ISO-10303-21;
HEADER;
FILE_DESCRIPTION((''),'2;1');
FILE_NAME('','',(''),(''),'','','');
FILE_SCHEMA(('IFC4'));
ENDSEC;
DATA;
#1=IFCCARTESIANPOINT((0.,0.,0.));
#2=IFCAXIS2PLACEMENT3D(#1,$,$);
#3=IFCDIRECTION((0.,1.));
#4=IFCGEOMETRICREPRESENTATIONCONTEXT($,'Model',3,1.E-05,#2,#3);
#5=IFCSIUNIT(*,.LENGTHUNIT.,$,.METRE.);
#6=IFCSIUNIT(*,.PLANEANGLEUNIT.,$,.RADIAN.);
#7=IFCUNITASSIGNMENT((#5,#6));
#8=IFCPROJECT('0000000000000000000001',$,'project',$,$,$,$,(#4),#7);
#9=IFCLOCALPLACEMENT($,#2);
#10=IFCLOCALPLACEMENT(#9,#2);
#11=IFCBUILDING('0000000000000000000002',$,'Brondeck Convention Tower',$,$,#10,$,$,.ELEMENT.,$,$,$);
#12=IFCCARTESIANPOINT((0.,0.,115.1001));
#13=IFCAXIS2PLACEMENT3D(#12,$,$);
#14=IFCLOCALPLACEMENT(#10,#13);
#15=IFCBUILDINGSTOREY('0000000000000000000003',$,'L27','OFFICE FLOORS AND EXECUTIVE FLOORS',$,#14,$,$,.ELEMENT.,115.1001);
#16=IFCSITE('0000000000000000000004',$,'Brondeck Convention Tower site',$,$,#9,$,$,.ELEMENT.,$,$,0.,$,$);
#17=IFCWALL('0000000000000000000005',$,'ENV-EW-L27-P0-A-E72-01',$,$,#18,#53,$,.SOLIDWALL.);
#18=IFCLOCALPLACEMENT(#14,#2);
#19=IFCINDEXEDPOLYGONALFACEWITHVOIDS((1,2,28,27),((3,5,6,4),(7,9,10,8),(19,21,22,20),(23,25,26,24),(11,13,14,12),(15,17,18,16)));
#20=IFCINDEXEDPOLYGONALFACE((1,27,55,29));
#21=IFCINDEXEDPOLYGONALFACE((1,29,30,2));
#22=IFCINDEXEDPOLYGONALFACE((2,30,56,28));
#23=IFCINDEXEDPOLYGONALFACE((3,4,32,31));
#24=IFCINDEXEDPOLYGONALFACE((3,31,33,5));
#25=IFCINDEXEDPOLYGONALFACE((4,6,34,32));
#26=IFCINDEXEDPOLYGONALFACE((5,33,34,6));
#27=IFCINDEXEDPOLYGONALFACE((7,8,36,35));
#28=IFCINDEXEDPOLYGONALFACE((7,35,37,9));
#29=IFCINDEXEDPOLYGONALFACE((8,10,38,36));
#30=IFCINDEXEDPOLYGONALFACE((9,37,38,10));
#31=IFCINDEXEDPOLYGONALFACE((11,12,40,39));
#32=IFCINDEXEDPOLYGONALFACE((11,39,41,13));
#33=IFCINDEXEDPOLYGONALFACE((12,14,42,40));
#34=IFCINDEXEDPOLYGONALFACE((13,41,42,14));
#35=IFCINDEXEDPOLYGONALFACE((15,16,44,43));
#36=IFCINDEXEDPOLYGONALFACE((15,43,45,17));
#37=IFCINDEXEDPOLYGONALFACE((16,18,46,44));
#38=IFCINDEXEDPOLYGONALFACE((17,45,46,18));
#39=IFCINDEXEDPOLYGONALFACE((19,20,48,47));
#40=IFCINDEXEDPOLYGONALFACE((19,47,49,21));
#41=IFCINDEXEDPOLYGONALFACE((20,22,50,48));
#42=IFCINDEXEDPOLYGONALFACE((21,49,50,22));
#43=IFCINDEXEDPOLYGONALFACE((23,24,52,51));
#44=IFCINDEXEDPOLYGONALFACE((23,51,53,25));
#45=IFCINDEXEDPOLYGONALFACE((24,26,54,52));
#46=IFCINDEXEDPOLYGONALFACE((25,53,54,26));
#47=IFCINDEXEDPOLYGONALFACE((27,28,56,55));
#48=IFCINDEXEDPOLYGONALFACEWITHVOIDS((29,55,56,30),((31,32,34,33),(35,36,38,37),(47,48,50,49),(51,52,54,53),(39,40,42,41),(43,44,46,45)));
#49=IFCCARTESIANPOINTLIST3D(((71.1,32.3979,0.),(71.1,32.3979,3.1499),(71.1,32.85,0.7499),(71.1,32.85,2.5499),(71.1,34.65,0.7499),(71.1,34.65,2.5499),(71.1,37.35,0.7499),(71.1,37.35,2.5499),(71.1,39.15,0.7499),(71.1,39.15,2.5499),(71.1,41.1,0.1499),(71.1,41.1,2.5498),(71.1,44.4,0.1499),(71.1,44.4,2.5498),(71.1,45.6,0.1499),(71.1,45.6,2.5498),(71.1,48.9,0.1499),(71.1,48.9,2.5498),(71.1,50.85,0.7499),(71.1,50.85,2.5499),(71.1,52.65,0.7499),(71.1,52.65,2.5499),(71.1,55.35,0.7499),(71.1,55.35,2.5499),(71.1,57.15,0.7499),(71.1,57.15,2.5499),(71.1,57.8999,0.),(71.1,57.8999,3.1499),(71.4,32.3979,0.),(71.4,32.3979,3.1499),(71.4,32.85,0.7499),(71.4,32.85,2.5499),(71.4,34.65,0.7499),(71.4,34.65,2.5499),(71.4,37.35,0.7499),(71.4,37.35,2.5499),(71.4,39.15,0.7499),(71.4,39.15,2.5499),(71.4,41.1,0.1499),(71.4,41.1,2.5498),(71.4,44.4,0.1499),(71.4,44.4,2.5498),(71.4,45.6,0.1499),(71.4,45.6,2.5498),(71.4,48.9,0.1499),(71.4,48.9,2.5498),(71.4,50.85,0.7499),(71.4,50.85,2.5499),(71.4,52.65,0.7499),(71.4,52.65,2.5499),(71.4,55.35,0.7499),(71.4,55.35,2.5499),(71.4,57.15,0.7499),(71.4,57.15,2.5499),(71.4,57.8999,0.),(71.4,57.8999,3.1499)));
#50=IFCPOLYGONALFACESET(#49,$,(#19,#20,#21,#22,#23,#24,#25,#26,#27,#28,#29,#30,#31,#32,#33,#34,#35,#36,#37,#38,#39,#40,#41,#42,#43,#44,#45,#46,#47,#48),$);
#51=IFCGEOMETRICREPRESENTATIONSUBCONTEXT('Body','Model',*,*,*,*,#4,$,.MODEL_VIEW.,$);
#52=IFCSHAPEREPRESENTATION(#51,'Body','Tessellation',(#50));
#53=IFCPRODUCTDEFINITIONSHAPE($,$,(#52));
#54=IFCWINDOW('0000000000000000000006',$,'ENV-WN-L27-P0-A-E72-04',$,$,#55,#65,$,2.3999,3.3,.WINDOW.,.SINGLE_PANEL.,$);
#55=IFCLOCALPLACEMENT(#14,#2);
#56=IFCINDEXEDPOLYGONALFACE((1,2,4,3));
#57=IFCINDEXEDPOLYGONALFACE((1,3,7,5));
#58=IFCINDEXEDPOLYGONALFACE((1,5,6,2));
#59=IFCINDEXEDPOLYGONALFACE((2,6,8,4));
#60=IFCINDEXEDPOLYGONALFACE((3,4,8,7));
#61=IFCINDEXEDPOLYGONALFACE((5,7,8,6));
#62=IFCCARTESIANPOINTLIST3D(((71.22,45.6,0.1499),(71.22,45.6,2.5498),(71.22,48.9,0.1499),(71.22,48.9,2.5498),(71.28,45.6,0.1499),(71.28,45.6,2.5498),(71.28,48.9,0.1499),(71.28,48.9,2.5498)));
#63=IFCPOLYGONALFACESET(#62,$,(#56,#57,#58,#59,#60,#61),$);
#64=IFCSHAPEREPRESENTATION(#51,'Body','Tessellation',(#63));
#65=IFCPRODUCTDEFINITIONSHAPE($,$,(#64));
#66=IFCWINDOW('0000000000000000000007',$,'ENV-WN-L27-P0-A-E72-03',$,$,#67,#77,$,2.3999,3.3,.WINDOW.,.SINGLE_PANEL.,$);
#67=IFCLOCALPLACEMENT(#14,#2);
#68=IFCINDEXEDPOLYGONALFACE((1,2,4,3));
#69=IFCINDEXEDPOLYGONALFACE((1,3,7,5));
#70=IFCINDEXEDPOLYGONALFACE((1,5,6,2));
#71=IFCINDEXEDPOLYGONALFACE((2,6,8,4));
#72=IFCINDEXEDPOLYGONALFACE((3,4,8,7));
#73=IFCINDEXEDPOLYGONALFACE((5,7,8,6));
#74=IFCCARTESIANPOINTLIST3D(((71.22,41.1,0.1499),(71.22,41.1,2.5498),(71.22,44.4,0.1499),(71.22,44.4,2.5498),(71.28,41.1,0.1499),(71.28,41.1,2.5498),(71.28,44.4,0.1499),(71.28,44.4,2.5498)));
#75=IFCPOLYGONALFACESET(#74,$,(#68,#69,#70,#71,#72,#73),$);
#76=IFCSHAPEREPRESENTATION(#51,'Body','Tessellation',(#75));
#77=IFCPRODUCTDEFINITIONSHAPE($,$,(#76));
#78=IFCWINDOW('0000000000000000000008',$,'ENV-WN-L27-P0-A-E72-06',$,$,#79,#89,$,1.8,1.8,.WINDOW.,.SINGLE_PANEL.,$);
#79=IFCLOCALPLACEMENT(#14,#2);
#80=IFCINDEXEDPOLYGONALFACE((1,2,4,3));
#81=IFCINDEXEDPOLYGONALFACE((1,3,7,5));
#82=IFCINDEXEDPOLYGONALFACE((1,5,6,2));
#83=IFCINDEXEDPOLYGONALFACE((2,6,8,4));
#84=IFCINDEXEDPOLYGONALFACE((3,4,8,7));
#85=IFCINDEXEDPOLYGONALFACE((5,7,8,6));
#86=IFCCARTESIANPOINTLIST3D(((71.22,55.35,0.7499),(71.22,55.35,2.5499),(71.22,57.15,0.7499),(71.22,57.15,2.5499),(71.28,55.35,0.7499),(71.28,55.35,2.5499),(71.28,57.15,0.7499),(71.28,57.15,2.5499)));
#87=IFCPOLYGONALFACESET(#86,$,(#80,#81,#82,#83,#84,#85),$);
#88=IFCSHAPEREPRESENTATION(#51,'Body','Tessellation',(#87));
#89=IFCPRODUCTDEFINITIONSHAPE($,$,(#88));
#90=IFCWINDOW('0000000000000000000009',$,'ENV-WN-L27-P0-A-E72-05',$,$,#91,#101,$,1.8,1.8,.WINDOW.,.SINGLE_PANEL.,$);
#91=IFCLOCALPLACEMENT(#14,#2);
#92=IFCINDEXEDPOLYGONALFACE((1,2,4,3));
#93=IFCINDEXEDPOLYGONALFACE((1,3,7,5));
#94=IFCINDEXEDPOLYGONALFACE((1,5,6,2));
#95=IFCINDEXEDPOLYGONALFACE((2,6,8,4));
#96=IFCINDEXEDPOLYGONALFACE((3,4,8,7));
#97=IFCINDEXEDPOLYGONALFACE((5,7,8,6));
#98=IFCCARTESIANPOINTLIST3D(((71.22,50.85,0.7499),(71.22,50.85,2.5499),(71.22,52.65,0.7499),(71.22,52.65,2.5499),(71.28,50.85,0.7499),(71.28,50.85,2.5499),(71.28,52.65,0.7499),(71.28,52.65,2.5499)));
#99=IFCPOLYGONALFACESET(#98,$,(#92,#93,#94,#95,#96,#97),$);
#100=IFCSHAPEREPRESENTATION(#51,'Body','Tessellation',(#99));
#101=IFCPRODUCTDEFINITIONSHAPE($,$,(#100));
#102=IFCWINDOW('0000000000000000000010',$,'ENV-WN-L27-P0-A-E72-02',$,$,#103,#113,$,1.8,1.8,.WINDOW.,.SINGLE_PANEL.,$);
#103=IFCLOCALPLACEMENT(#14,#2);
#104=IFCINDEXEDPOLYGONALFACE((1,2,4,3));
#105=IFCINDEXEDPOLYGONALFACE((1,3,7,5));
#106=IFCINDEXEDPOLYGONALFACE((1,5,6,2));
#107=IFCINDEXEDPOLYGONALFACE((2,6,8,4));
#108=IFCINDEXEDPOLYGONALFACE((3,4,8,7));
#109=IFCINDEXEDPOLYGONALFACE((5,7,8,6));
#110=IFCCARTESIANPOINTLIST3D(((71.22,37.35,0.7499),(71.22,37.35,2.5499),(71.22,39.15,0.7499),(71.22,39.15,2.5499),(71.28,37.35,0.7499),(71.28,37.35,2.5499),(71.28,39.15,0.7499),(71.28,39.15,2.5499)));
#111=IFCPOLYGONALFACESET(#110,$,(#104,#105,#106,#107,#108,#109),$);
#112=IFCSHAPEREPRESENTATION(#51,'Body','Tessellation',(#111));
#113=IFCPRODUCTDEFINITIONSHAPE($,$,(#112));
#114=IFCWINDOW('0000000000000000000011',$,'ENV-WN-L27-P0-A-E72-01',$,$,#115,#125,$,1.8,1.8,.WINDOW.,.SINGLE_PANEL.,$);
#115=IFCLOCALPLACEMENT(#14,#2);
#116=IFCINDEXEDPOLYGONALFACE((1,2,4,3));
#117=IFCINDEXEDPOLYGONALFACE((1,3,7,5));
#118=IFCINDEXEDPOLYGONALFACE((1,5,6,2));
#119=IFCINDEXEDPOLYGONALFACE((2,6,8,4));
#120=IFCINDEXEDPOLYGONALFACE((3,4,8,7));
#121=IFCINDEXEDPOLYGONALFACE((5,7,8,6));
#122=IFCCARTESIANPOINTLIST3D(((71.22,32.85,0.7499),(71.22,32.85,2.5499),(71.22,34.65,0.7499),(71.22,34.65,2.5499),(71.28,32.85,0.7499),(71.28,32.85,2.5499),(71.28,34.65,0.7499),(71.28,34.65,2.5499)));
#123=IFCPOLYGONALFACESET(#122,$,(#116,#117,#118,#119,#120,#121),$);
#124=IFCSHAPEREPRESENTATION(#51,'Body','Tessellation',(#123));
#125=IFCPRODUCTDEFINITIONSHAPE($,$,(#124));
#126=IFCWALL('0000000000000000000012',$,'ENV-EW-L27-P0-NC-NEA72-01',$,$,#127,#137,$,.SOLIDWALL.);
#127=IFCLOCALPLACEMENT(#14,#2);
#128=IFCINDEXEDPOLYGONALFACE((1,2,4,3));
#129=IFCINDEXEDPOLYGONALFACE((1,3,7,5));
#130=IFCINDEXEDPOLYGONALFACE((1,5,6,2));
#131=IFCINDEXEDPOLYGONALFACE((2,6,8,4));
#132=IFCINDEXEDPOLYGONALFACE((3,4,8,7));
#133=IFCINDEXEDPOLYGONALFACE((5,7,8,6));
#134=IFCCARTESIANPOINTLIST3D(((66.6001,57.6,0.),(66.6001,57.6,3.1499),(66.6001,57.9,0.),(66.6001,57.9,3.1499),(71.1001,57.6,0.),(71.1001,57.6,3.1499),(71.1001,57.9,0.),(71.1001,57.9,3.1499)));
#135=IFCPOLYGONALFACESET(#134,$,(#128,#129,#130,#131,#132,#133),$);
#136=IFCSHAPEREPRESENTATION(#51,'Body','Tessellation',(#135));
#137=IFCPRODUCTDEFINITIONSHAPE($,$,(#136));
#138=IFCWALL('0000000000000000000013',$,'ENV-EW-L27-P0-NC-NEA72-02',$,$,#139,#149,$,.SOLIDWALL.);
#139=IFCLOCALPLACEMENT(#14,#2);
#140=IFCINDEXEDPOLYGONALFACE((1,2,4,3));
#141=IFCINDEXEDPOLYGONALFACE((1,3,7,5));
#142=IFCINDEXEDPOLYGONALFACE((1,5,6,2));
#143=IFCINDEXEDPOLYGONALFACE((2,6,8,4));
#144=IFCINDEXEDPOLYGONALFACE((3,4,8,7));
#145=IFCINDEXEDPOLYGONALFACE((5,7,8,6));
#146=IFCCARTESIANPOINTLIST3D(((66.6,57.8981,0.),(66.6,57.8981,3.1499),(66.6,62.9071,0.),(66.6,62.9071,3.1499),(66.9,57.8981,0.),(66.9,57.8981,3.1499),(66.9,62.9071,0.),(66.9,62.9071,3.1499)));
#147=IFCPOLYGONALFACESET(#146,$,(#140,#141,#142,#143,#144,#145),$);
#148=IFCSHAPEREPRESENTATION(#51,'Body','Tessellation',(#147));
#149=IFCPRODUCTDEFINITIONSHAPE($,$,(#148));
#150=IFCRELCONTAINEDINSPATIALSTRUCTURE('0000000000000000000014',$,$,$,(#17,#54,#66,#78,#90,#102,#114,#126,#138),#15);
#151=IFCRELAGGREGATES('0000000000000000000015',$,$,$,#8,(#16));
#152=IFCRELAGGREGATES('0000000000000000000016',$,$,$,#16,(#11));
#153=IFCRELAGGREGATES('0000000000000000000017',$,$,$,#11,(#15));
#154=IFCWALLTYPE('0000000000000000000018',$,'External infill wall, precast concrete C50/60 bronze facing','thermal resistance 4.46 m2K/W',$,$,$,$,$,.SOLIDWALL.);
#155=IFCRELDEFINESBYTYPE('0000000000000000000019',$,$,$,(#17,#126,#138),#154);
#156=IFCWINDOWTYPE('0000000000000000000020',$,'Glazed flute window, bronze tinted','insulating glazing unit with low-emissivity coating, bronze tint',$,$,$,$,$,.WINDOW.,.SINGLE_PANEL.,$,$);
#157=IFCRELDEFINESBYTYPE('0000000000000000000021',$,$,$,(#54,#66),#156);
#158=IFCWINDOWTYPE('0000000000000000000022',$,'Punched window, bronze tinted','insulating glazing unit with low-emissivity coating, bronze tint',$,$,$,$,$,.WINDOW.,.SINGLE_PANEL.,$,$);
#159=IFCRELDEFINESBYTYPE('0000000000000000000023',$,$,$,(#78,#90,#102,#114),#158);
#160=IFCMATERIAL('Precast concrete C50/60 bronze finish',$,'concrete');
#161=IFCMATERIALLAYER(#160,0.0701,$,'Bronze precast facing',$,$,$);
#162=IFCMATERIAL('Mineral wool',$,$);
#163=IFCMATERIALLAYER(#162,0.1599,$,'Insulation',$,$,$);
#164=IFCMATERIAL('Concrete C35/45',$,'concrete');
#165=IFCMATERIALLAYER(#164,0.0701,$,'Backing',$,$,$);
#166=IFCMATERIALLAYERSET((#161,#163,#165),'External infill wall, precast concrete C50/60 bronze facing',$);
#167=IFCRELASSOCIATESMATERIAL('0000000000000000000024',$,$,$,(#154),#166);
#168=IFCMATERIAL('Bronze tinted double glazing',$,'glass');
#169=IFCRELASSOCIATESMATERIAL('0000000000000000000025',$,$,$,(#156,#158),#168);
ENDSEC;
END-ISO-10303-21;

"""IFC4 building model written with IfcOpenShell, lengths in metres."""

from ifc_helpers import new_model, si_unit, direction, frame, frame_2d, origin, place, context, subcontext, project, spatial, rectangle, extrude, material, layer, layer_set, type_object, element, fill, save


model = new_model("IFC4")

# Units and contexts
model_context = context("Model", 3, precision=1e-05, world=origin(), true_north=direction((0.0, 1.0)))
body_context = subcontext(model_context, "Body", "Model", "MODEL_VIEW")
ifc_project = project(units=[si_unit("LENGTHUNIT", "METRE"), si_unit("PLANEANGLEUNIT", "RADIAN")], contexts=[model_context])

# Site, building, storey
site_placement = place(None, origin())
site = spatial("IfcSite", under=ifc_project, at=site_placement, Name="Brondeck Convention Tower site", CompositionType="ELEMENT", RefElevation=0.0)
building_placement = place(site_placement, origin())
building = spatial("IfcBuilding", under=site, at=building_placement, Name="Brondeck Convention Tower", CompositionType="ELEMENT")
storey_placement = place(building_placement, frame((0.0, 0.0, 115.1001)))
storey = spatial("IfcBuildingStorey", under=building, at=storey_placement, Name="L27", Description="OFFICE FLOORS AND EXECUTIVE FLOORS", CompositionType="ELEMENT", Elevation=115.1001)

# Wall, openings, windows
ifc_material_1 = material(Name="Precast concrete C50/60 bronze finish", Category="concrete")
ifc_layer_1 = layer(ifc_material_1, 0.0701, Name="Bronze precast facing")
ifc_material_2 = material(Name="Mineral wool")
ifc_layer_2 = layer(ifc_material_2, 0.1599, Name="Insulation")
ifc_material_3 = material(Name="Concrete C35/45", Category="concrete")
ifc_layer_3 = layer(ifc_material_3, 0.0701, Name="Backing")
ifc_layer_set_1 = layer_set([ifc_layer_1, ifc_layer_2, ifc_layer_3], Name="External infill wall, precast concrete C50/60 bronze facing")
wall_type_1 = type_object("IfcWallType", Name="External infill wall, precast concrete C50/60 bronze facing", Description="thermal resistance 4.46 m2K/W", PredefinedType="SOLIDWALL", material=ifc_layer_set_1)
wall_1_placement = place(storey_placement, frame((71.25, 57.8999, 0.0), z_axis=(0.0, 0.0, 1.0), x_axis=(0.0, -1.0, 0.0)))
wall_1 = element("IfcWall", 1, at=wall_1_placement, inside=storey, type_object=wall_type_1, Name="ENV-EW-L27-P0-A-E72-01", PredefinedType="SOLIDWALL", context=body_context, shape_type="SweptSolid", body=[
    extrude(rectangle(XDim=25.502, YDim=0.3, at=frame_2d((12.751, 0.0))), origin(), (0.0, 0.0, 1.0), 3.1499),
])
opening_1_placement = place(wall_1_placement, frame((0.75, 0.0, 0.75)))
opening_1 = element("IfcOpeningElement", 2, at=opening_1_placement, cuts=wall_1, PredefinedType="OPENING", context=body_context, shape_type="SweptSolid", body=[
    extrude(rectangle(XDim=1.8, YDim=1.8, at=frame_2d((0.8999, 0.8999))), frame((0.0, 0.1599, 0.0), z_axis=(0.0, -1.0, 0.0), x_axis=(1.0, 0.0, 0.0)), (0.0, 0.0, 1.0), 0.3201),
])
opening_2_placement = place(wall_1_placement, frame((5.25, 0.0, 0.75)))
opening_2 = element("IfcOpeningElement", 3, at=opening_2_placement, cuts=wall_1, PredefinedType="OPENING", context=body_context, shape_type="SweptSolid", body=[
    extrude(rectangle(XDim=1.8, YDim=1.8, at=frame_2d((0.8999, 0.8999))), frame((0.0, 0.1599, 0.0), z_axis=(0.0, -1.0, 0.0), x_axis=(1.0, 0.0, 0.0)), (0.0, 0.0, 1.0), 0.3201),
])
opening_3_placement = place(wall_1_placement, frame((9.0, 0.0, 0.1499)))
opening_3 = element("IfcOpeningElement", 4, at=opening_3_placement, cuts=wall_1, PredefinedType="OPENING", context=body_context, shape_type="SweptSolid", body=[
    extrude(rectangle(XDim=3.3, YDim=2.3999, at=frame_2d((1.6499, 1.2))), frame((0.0, 0.1599, 0.0), z_axis=(0.0, -1.0, 0.0), x_axis=(1.0, 0.0, 0.0)), (0.0, 0.0, 1.0), 0.3201),
])
opening_4_placement = place(wall_1_placement, frame((13.5, 0.0, 0.1499)))
opening_4 = element("IfcOpeningElement", 5, at=opening_4_placement, cuts=wall_1, PredefinedType="OPENING", context=body_context, shape_type="SweptSolid", body=[
    extrude(rectangle(XDim=3.3, YDim=2.3999, at=frame_2d((1.6499, 1.2))), frame((0.0, 0.1599, 0.0), z_axis=(0.0, -1.0, 0.0), x_axis=(1.0, 0.0, 0.0)), (0.0, 0.0, 1.0), 0.3201),
])
opening_5_placement = place(wall_1_placement, frame((18.75, 0.0, 0.75)))
opening_5 = element("IfcOpeningElement", 6, at=opening_5_placement, cuts=wall_1, PredefinedType="OPENING", context=body_context, shape_type="SweptSolid", body=[
    extrude(rectangle(XDim=1.8, YDim=1.8, at=frame_2d((0.8999, 0.8999))), frame((0.0, 0.1599, 0.0), z_axis=(0.0, -1.0, 0.0), x_axis=(1.0, 0.0, 0.0)), (0.0, 0.0, 1.0), 0.3201),
])
opening_6_placement = place(wall_1_placement, frame((23.25, 0.0, 0.75)))
opening_6 = element("IfcOpeningElement", 7, at=opening_6_placement, cuts=wall_1, PredefinedType="OPENING", context=body_context, shape_type="SweptSolid", body=[
    extrude(rectangle(XDim=1.8, YDim=1.8, at=frame_2d((0.8999, 0.8999))), frame((0.0, 0.1599, 0.0), z_axis=(0.0, -1.0, 0.0), x_axis=(1.0, 0.0, 0.0)), (0.0, 0.0, 1.0), 0.3201),
])
ifc_material_4 = material(Name="Bronze tinted double glazing", Category="glass")
window_type_1 = type_object("IfcWindowType", Name="Glazed flute window, bronze tinted", Description="insulating glazing unit with low-emissivity coating, bronze tint", PartitioningType="SINGLE_PANEL", PredefinedType="WINDOW", material=ifc_material_4)
window_1_placement = place(opening_3_placement, origin())
window_1 = element("IfcWindow", 8, at=window_1_placement, inside=storey, type_object=window_type_1, Name="ENV-WN-L27-P0-A-E72-04", OverallHeight=2.3999, OverallWidth=3.3, PartitioningType="SINGLE_PANEL", PredefinedType="WINDOW", context=body_context, shape_type="SweptSolid", body=[
    extrude(rectangle(XDim=3.3, YDim=2.3999, at=frame_2d((1.6499, 1.2))), frame((0.0, 0.03, 0.0), z_axis=(0.0, -1.0, 0.0), x_axis=(1.0, 0.0, 0.0)), (0.0, 0.0, 1.0), 0.0601),
])
fill(opening_3, window_1)
window_2_placement = place(opening_4_placement, origin())
window_2 = element("IfcWindow", 9, at=window_2_placement, inside=storey, type_object=window_type_1, Name="ENV-WN-L27-P0-A-E72-03", OverallHeight=2.3999, OverallWidth=3.3, PartitioningType="SINGLE_PANEL", PredefinedType="WINDOW", context=body_context, shape_type="SweptSolid", body=[
    extrude(rectangle(XDim=3.3, YDim=2.3999, at=frame_2d((1.6499, 1.2))), frame((0.0, 0.03, 0.0), z_axis=(0.0, -1.0, 0.0), x_axis=(1.0, 0.0, 0.0)), (0.0, 0.0, 1.0), 0.0601),
])
fill(opening_4, window_2)
window_type_2 = type_object("IfcWindowType", Name="Punched window, bronze tinted", Description="insulating glazing unit with low-emissivity coating, bronze tint", PartitioningType="SINGLE_PANEL", PredefinedType="WINDOW", material=ifc_material_4)
window_3_placement = place(opening_1_placement, origin())
window_3 = element("IfcWindow", 10, at=window_3_placement, inside=storey, type_object=window_type_2, Name="ENV-WN-L27-P0-A-E72-06", OverallHeight=1.8, OverallWidth=1.8, PartitioningType="SINGLE_PANEL", PredefinedType="WINDOW", context=body_context, shape_type="SweptSolid", body=[
    extrude(rectangle(XDim=1.8, YDim=1.8, at=frame_2d((0.8999, 0.8999))), frame((0.0, 0.03, 0.0), z_axis=(0.0, -1.0, 0.0), x_axis=(1.0, 0.0, 0.0)), (0.0, 0.0, 1.0), 0.0601),
])
fill(opening_1, window_3)
window_4_placement = place(opening_2_placement, origin())
window_4 = element("IfcWindow", 11, at=window_4_placement, inside=storey, type_object=window_type_2, Name="ENV-WN-L27-P0-A-E72-05", OverallHeight=1.8, OverallWidth=1.8, PartitioningType="SINGLE_PANEL", PredefinedType="WINDOW", context=body_context, shape_type="SweptSolid", body=[
    extrude(rectangle(XDim=1.8, YDim=1.8, at=frame_2d((0.8999, 0.8999))), frame((0.0, 0.03, 0.0), z_axis=(0.0, -1.0, 0.0), x_axis=(1.0, 0.0, 0.0)), (0.0, 0.0, 1.0), 0.0601),
])
fill(opening_2, window_4)
window_5_placement = place(opening_5_placement, origin())
window_5 = element("IfcWindow", 12, at=window_5_placement, inside=storey, type_object=window_type_2, Name="ENV-WN-L27-P0-A-E72-02", OverallHeight=1.8, OverallWidth=1.8, PartitioningType="SINGLE_PANEL", PredefinedType="WINDOW", context=body_context, shape_type="SweptSolid", body=[
    extrude(rectangle(XDim=1.8, YDim=1.8, at=frame_2d((0.8999, 0.8999))), frame((0.0, 0.03, 0.0), z_axis=(0.0, -1.0, 0.0), x_axis=(1.0, 0.0, 0.0)), (0.0, 0.0, 1.0), 0.0601),
])
fill(opening_5, window_5)
window_6_placement = place(opening_6_placement, origin())
window_6 = element("IfcWindow", 13, at=window_6_placement, inside=storey, type_object=window_type_2, Name="ENV-WN-L27-P0-A-E72-01", OverallHeight=1.8, OverallWidth=1.8, PartitioningType="SINGLE_PANEL", PredefinedType="WINDOW", context=body_context, shape_type="SweptSolid", body=[
    extrude(rectangle(XDim=1.8, YDim=1.8, at=frame_2d((0.8999, 0.8999))), frame((0.0, 0.03, 0.0), z_axis=(0.0, -1.0, 0.0), x_axis=(1.0, 0.0, 0.0)), (0.0, 0.0, 1.0), 0.0601),
])
fill(opening_6, window_6)

# Walls
wall_2_placement = place(storey_placement, frame((66.6001, 57.75, 0.0), z_axis=(0.0, 0.0, 1.0), x_axis=(1.0, 0.0, 0.0)))
element("IfcWall", 14, at=wall_2_placement, inside=storey, type_object=wall_type_1, Name="ENV-EW-L27-P0-NC-NEA72-01", PredefinedType="SOLIDWALL", context=body_context, shape_type="SweptSolid", body=[
    extrude(rectangle(XDim=4.5, YDim=0.3, at=frame_2d((2.25, 0.0))), origin(), (0.0, 0.0, 1.0), 3.1499),
])
wall_3_placement = place(storey_placement, frame((66.75, 62.907, 0.0), z_axis=(0.0, 0.0, 1.0), x_axis=(0.0, -1.0, 0.0)))
element("IfcWall", 15, at=wall_3_placement, inside=storey, type_object=wall_type_1, Name="ENV-EW-L27-P0-NC-NEA72-02", PredefinedType="SOLIDWALL", context=body_context, shape_type="SweptSolid", body=[
    extrude(rectangle(XDim=5.009, YDim=0.3, at=frame_2d((2.5044, 0.0))), origin(), (0.0, 0.0, 1.0), 3.1499),
])

save(model, "model.ifc")
